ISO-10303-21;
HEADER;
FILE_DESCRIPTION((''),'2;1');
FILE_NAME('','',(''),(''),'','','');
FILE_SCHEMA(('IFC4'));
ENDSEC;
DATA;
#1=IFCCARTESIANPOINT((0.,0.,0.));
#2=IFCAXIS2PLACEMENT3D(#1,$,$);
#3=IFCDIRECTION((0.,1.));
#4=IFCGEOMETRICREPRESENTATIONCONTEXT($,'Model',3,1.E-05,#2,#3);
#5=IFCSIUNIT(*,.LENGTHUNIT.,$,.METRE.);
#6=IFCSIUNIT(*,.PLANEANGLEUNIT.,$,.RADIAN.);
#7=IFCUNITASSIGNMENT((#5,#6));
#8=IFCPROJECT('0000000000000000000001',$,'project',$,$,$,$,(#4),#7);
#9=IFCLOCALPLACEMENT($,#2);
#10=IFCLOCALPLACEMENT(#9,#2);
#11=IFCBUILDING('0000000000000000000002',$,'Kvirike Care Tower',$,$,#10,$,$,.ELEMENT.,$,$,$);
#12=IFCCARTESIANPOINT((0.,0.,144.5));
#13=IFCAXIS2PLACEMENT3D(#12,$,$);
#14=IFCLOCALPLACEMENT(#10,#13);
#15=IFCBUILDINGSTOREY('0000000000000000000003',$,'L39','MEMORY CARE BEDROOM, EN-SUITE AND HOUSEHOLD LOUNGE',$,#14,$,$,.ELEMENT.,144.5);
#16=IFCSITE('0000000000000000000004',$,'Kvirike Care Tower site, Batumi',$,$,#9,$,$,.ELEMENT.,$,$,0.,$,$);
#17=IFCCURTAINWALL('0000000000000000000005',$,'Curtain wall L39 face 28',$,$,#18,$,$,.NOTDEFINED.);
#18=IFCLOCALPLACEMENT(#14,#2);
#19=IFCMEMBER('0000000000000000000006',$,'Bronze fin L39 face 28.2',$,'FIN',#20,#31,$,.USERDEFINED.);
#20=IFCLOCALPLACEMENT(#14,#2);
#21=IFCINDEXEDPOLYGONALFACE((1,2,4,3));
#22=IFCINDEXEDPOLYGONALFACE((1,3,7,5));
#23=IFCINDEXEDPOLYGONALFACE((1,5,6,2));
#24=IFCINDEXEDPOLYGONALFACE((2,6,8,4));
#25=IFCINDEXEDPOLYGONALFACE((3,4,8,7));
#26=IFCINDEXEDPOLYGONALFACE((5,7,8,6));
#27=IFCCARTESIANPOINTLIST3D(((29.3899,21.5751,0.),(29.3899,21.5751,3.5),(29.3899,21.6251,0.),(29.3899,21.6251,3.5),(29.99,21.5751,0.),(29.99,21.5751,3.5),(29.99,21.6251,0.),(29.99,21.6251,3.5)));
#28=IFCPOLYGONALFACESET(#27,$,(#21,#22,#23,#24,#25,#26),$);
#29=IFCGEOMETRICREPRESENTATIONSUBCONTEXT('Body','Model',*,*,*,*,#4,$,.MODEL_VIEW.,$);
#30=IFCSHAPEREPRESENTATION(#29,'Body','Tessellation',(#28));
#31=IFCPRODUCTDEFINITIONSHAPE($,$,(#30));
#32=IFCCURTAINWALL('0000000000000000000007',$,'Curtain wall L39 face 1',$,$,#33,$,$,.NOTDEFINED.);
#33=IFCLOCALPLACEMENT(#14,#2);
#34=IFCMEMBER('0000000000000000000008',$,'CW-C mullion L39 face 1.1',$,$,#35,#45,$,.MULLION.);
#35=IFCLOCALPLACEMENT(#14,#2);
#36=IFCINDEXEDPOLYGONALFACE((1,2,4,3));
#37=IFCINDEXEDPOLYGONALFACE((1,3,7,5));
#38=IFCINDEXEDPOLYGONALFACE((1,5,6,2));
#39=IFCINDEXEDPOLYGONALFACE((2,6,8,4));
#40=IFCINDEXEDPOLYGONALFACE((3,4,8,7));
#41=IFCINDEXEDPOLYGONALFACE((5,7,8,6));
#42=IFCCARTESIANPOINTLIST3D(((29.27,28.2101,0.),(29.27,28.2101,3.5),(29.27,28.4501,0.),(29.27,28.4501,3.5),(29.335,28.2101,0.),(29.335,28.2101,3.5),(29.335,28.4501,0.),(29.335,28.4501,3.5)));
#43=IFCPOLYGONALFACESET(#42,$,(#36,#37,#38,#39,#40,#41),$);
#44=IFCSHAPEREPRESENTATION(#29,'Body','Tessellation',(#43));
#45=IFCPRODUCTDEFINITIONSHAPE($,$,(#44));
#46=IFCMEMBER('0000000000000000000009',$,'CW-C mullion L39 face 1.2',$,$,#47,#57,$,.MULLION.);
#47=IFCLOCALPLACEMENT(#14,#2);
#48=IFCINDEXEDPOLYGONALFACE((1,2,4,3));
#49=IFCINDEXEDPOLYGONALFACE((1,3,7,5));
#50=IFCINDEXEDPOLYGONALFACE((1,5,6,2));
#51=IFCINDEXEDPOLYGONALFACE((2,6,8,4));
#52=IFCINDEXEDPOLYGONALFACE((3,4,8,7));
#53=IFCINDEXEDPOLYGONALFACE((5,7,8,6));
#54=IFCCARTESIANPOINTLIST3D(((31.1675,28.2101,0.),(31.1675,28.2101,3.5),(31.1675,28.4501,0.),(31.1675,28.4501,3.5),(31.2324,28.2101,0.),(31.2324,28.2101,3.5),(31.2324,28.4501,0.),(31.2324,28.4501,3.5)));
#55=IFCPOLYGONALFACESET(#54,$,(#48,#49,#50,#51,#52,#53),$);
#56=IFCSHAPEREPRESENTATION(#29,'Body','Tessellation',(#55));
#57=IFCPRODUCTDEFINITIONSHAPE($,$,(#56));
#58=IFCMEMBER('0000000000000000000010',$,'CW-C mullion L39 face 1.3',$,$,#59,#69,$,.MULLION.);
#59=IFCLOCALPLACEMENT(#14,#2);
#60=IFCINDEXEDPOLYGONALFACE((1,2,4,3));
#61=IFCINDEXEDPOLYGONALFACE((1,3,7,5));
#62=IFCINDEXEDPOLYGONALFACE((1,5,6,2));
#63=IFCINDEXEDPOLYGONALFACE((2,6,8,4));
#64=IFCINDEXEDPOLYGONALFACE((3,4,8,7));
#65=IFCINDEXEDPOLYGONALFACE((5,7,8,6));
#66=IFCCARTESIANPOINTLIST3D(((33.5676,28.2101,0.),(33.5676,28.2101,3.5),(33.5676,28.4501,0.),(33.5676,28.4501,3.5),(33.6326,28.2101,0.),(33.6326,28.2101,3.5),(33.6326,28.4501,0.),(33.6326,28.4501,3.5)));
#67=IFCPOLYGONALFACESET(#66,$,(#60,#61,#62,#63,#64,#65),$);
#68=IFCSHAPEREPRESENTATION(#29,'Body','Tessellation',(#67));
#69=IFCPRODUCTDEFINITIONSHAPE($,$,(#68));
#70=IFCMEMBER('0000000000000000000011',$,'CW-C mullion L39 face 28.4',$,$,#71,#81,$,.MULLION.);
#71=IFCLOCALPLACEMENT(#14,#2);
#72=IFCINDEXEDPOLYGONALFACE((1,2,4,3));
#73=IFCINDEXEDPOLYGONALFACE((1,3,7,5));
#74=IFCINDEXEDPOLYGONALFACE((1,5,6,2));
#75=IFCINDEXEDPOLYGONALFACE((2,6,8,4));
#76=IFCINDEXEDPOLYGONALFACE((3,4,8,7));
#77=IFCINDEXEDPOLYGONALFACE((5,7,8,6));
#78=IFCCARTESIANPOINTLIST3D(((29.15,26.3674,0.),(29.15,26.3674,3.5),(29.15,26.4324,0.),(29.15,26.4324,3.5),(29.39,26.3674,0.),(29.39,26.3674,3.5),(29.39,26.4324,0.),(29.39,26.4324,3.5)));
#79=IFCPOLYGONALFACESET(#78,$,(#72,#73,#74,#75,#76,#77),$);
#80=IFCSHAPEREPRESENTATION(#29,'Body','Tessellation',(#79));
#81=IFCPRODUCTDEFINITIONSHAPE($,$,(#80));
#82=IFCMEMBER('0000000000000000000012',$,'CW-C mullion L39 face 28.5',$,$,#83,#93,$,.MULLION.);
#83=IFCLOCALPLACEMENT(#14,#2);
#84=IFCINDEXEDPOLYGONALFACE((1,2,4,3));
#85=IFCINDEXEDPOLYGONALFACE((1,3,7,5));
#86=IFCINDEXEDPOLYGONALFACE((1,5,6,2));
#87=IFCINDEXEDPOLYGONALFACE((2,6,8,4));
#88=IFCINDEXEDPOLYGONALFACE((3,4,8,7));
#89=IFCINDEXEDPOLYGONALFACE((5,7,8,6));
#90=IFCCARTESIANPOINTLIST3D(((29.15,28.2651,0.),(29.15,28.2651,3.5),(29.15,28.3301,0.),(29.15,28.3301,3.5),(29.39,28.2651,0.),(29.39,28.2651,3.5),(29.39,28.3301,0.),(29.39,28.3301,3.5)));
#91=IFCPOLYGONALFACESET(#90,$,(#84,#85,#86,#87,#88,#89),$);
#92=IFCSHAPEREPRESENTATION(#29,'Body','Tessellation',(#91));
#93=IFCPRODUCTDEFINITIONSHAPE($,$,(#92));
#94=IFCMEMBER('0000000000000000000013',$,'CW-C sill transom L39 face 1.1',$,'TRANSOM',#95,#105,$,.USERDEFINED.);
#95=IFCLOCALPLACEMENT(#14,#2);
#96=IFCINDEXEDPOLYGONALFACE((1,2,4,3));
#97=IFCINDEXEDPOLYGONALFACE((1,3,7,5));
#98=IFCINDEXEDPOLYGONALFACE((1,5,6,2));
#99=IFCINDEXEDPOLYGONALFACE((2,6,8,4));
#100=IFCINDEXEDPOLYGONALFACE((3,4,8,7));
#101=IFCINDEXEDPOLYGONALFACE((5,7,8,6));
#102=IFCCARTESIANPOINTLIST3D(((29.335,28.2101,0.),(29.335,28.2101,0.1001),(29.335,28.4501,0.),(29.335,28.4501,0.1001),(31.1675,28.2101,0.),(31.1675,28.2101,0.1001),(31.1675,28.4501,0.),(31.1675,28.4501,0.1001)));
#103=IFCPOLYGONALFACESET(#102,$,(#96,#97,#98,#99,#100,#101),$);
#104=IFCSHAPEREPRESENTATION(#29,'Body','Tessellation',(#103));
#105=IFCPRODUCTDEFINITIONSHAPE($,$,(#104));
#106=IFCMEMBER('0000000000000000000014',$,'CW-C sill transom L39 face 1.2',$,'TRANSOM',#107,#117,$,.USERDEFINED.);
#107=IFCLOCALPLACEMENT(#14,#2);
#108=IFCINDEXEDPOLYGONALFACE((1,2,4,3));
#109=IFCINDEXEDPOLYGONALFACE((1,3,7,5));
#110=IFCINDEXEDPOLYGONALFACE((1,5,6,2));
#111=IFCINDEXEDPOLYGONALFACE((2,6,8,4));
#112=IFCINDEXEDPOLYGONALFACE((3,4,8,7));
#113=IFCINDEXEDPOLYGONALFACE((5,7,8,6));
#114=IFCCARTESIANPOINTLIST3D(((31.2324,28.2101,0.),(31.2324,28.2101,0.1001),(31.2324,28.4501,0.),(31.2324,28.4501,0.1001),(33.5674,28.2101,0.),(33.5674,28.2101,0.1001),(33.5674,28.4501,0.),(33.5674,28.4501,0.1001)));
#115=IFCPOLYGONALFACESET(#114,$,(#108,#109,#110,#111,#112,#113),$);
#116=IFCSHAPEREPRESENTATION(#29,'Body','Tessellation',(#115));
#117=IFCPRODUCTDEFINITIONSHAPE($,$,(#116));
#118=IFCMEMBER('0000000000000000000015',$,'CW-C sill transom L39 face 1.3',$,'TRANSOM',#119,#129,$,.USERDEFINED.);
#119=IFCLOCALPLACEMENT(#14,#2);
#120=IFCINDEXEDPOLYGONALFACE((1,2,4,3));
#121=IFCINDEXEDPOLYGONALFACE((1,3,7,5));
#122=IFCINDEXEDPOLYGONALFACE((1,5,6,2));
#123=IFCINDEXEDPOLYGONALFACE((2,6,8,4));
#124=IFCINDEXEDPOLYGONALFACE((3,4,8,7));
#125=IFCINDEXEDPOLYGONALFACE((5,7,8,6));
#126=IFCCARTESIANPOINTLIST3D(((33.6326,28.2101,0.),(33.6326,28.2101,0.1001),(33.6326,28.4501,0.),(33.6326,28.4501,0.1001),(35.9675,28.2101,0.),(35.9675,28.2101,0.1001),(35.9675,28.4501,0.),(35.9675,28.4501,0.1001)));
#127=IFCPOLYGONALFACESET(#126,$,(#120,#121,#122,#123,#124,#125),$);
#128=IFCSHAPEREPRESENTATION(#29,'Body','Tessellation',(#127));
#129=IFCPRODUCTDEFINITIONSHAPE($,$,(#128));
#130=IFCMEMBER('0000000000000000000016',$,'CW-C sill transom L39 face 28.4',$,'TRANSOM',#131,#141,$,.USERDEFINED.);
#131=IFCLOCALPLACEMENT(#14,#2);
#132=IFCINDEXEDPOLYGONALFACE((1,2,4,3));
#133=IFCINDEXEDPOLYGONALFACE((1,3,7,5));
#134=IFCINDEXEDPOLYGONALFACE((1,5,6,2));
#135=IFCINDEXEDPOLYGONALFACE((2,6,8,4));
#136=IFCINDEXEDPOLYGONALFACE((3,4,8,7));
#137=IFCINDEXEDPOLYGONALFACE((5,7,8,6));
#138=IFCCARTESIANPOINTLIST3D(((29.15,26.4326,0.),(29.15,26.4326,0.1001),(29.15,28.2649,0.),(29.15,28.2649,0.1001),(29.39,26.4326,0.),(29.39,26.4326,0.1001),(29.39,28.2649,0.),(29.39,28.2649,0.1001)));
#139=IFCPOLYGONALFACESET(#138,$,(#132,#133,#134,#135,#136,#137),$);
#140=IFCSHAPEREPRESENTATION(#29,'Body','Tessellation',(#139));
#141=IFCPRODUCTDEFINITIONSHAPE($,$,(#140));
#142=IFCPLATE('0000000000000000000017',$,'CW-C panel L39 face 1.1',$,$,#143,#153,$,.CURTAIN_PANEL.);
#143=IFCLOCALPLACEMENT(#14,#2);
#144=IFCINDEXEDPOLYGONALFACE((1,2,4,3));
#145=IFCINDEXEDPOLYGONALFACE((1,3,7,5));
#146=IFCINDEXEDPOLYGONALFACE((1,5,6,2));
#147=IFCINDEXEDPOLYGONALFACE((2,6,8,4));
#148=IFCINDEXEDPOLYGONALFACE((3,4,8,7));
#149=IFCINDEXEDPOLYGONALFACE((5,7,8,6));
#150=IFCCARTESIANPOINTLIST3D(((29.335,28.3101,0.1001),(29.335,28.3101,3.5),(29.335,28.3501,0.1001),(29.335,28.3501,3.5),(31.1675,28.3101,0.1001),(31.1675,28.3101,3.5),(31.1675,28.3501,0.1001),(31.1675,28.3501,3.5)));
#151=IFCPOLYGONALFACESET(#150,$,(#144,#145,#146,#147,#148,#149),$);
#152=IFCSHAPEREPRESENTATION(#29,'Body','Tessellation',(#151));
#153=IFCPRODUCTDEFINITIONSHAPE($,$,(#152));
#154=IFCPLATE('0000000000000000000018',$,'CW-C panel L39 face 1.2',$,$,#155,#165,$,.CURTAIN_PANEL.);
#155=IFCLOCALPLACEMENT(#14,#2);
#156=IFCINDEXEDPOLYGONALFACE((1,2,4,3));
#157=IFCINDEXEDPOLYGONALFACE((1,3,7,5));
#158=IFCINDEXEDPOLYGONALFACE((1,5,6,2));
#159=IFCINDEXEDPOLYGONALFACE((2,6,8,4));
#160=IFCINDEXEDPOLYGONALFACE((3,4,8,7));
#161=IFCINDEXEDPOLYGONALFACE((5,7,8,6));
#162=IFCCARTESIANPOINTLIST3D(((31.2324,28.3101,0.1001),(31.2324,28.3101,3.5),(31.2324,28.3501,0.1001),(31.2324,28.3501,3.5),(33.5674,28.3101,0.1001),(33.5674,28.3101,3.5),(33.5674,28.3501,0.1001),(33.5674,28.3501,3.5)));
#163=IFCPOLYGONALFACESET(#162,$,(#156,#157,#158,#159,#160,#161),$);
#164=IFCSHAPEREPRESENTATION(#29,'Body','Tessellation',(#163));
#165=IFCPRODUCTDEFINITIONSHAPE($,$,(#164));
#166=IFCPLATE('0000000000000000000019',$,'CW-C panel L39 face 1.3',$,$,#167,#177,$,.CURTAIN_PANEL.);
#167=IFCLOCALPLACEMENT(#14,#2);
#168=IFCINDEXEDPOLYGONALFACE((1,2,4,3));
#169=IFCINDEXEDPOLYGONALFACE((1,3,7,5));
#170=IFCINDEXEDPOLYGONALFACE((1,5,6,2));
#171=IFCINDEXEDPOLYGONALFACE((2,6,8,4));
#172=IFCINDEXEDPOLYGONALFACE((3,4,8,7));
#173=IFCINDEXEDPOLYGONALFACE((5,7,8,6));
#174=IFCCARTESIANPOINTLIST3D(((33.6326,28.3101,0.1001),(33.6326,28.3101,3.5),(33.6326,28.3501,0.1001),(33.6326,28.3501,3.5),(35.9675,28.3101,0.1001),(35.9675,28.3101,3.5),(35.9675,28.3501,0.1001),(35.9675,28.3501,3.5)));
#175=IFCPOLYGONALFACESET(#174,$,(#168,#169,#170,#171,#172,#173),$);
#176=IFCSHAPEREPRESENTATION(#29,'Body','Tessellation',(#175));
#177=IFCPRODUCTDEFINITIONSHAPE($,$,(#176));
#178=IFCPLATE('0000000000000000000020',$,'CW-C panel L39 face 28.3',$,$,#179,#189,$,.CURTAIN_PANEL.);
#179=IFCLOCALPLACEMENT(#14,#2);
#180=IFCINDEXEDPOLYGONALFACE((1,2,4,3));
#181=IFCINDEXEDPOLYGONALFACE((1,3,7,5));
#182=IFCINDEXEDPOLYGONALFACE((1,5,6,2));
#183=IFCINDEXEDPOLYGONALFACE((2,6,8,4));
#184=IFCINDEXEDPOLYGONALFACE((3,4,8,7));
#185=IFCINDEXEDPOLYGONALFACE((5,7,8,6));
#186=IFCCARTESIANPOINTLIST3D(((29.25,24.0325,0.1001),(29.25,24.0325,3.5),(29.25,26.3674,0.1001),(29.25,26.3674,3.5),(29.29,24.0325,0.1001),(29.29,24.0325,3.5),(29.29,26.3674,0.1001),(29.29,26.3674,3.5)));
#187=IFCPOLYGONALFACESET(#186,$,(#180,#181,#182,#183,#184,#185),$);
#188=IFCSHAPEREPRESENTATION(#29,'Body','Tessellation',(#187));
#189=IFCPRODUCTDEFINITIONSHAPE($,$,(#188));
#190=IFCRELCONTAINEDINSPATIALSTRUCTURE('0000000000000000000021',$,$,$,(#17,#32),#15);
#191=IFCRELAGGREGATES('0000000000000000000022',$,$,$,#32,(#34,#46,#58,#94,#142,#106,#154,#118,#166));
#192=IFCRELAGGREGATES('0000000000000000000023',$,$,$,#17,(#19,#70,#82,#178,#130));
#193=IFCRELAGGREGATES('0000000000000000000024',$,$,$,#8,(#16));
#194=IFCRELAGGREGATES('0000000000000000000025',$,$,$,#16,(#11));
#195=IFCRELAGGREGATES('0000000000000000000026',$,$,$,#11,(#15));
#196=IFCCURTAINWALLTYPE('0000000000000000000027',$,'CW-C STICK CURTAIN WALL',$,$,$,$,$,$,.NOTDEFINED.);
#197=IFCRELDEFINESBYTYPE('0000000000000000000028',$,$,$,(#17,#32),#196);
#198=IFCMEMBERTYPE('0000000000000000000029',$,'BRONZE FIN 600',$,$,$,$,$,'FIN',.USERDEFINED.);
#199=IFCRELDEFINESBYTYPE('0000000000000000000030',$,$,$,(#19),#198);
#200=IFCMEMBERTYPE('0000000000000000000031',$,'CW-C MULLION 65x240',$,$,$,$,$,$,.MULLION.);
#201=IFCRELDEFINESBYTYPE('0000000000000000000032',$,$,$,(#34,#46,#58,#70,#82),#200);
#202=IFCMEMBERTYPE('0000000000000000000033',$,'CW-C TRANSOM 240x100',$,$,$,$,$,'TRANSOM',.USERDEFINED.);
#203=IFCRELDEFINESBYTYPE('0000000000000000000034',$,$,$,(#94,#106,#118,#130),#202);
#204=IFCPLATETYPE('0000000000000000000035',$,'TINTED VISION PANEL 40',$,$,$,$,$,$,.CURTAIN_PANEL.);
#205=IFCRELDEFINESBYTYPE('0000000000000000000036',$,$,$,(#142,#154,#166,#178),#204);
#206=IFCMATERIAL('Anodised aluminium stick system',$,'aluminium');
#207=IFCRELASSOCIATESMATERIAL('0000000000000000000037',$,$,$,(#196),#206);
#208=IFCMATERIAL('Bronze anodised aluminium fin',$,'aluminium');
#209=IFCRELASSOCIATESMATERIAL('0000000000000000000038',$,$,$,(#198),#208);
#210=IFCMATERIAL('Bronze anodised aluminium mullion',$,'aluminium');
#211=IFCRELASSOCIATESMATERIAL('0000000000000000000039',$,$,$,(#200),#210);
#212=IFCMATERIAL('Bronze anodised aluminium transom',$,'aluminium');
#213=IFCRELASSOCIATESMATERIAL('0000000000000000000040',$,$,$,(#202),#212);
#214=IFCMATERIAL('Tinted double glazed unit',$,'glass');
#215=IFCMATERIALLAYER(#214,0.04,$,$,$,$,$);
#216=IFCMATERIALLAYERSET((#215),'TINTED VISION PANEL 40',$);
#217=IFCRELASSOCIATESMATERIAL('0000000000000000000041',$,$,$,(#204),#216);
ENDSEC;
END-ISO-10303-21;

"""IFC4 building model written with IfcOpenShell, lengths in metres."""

from ifc_helpers import new_model, si_unit, direction, frame, origin, origin_2d, place, context, subcontext, project, spatial, rectangle, extrude, material, layer, layer_set, material_profile, profile_set, type_object, element, aggregate, save


model = new_model("IFC4")

# Units and contexts
model_context = context("Model", 3, precision=1e-05, world=origin(), true_north=direction((0.0, 1.0)))
body_context = subcontext(model_context, "Body", "Model", "MODEL_VIEW")
ifc_project = project(units=[si_unit("LENGTHUNIT", "METRE"), si_unit("PLANEANGLEUNIT", "RADIAN")], contexts=[model_context])

# Site, building, storey
site_placement = place(None, origin())
site = spatial("IfcSite", under=ifc_project, at=site_placement, Name="Kvirike Care Tower site, Batumi", CompositionType="ELEMENT", RefElevation=0.0)
building_placement = place(site_placement, origin())
building = spatial("IfcBuilding", under=site, at=building_placement, Name="Kvirike Care Tower", CompositionType="ELEMENT")
storey_placement = place(building_placement, frame((0.0, 0.0, 144.5)))
storey = spatial("IfcBuildingStorey", under=building, at=storey_placement, Name="L39", Description="MEMORY CARE BEDROOM, EN-SUITE AND HOUSEHOLD LOUNGE", CompositionType="ELEMENT", Elevation=144.5)

# Curtain wall, member
ifc_material_1 = material(Name="Anodised aluminium stick system", Category="aluminium")
curtain_wall_type = type_object("IfcCurtainWallType", Name="CW-C STICK CURTAIN WALL", PredefinedType="NOTDEFINED", material=ifc_material_1)
curtain_wall_1_placement = place(storey_placement, origin())
curtain_wall_1 = element("IfcCurtainWall", 1, at=curtain_wall_1_placement, inside=storey, type_object=curtain_wall_type, Name="Curtain wall L39 face 28", PredefinedType="NOTDEFINED")
ifc_material_2 = material(Name="Bronze anodised aluminium fin", Category="aluminium")
ifc_material_profile_1 = material_profile(ifc_material_2, rectangle(XDim=0.05, YDim=0.6001, at=origin_2d()), Name="BRONZE FIN 600")
ifc_profile_set_1 = profile_set([ifc_material_profile_1], Name="Bronze anodised aluminium fin")
member_type_1 = type_object("IfcMemberType", Name="BRONZE FIN 600", ElementType="FIN", PredefinedType="USERDEFINED", material=ifc_profile_set_1)
member_1_placement = place(storey_placement, frame((29.6899, 21.6001, 0.0), z_axis=(0.0, 0.0, 1.0), x_axis=(0.0, 1.0, 0.0)))
member_1 = element("IfcMember", 2, at=member_1_placement, type_object=member_type_1, Name="Bronze fin L39 face 28.2", ObjectType="FIN", PredefinedType="USERDEFINED", context=body_context, shape_type="SweptSolid", body=[
    extrude(rectangle(XDim=0.05, YDim=0.6001, at=origin_2d()), origin(), (0.0, 0.0, 1.0), 3.5),
])

# Curtain wall, members
curtain_wall_2_placement = place(storey_placement, origin())
curtain_wall_2 = element("IfcCurtainWall", 3, at=curtain_wall_2_placement, inside=storey, type_object=curtain_wall_type, Name="Curtain wall L39 face 1", PredefinedType="NOTDEFINED")
ifc_material_3 = material(Name="Bronze anodised aluminium mullion", Category="aluminium")
ifc_material_profile_2 = material_profile(ifc_material_3, rectangle(XDim=0.0649, YDim=0.24, at=origin_2d()), Name="CW-C MULLION 65x240")
ifc_profile_set_2 = profile_set([ifc_material_profile_2], Name="Bronze anodised aluminium mullion")
member_type_2 = type_object("IfcMemberType", Name="CW-C MULLION 65x240", PredefinedType="MULLION", material=ifc_profile_set_2)
member_2_placement = place(storey_placement, frame((29.3025, 28.3301, 0.0), z_axis=(0.0, 0.0, 1.0), x_axis=(1.0, 0.0, 0.0)))
member_2 = element("IfcMember", 4, at=member_2_placement, type_object=member_type_2, Name="CW-C mullion L39 face 1.1", PredefinedType="MULLION", context=body_context, shape_type="SweptSolid", body=[
    extrude(rectangle(XDim=0.0649, YDim=0.24, at=origin_2d()), origin(), (0.0, 0.0, 1.0), 3.5),
])
member_3_placement = place(storey_placement, frame((31.2, 28.3301, 0.0), z_axis=(0.0, 0.0, 1.0), x_axis=(1.0, 0.0, 0.0)))
member_3 = element("IfcMember", 5, at=member_3_placement, type_object=member_type_2, Name="CW-C mullion L39 face 1.2", PredefinedType="MULLION", context=body_context, shape_type="SweptSolid", body=[
    extrude(rectangle(XDim=0.0649, YDim=0.24, at=origin_2d()), origin(), (0.0, 0.0, 1.0), 3.5),
])
member_4_placement = place(storey_placement, frame((33.6001, 28.3301, 0.0), z_axis=(0.0, 0.0, 1.0), x_axis=(1.0, 0.0, 0.0)))
member_4 = element("IfcMember", 6, at=member_4_placement, type_object=member_type_2, Name="CW-C mullion L39 face 1.3", PredefinedType="MULLION", context=body_context, shape_type="SweptSolid", body=[
    extrude(rectangle(XDim=0.0649, YDim=0.24, at=origin_2d()), origin(), (0.0, 0.0, 1.0), 3.5),
])

# Members
member_5_placement = place(storey_placement, frame((29.27, 26.3999, 0.0), z_axis=(0.0, 0.0, 1.0), x_axis=(0.0, 1.0, 0.0)))
member_5 = element("IfcMember", 7, at=member_5_placement, type_object=member_type_2, Name="CW-C mullion L39 face 28.4", PredefinedType="MULLION", context=body_context, shape_type="SweptSolid", body=[
    extrude(rectangle(XDim=0.0649, YDim=0.24, at=origin_2d()), origin(), (0.0, 0.0, 1.0), 3.5),
])
member_6_placement = place(storey_placement, frame((29.27, 28.2976, 0.0), z_axis=(0.0, 0.0, 1.0), x_axis=(0.0, 1.0, 0.0)))
member_6 = element("IfcMember", 8, at=member_6_placement, type_object=member_type_2, Name="CW-C mullion L39 face 28.5", PredefinedType="MULLION", context=body_context, shape_type="SweptSolid", body=[
    extrude(rectangle(XDim=0.0649, YDim=0.24, at=origin_2d()), origin(), (0.0, 0.0, 1.0), 3.5),
])
ifc_material_4 = material(Name="Bronze anodised aluminium transom", Category="aluminium")
ifc_material_profile_3 = material_profile(ifc_material_4, rectangle(XDim=0.24, YDim=0.1001, at=origin_2d()), Name="CW-C TRANSOM 240x100")
ifc_profile_set_3 = profile_set([ifc_material_profile_3], Name="Bronze anodised aluminium transom")
member_type_3 = type_object("IfcMemberType", Name="CW-C TRANSOM 240x100", ElementType="TRANSOM", PredefinedType="USERDEFINED", material=ifc_profile_set_3)
member_7_placement = place(storey_placement, frame((29.335, 28.3301, 0.05), z_axis=(1.0, 0.0, 0.0), x_axis=(0.0, 1.0, 0.0)))
member_7 = element("IfcMember", 9, at=member_7_placement, type_object=member_type_3, Name="CW-C sill transom L39 face 1.1", ObjectType="TRANSOM", PredefinedType="USERDEFINED", context=body_context, shape_type="SweptSolid", body=[
    extrude(rectangle(XDim=0.24, YDim=0.1001, at=origin_2d()), origin(), (0.0, 0.0, 1.0), 1.8325),
])
member_8_placement = place(storey_placement, frame((31.2324, 28.3301, 0.05), z_axis=(1.0, 0.0, 0.0), x_axis=(0.0, 1.0, 0.0)))
member_8 = element("IfcMember", 10, at=member_8_placement, type_object=member_type_3, Name="CW-C sill transom L39 face 1.2", ObjectType="TRANSOM", PredefinedType="USERDEFINED", context=body_context, shape_type="SweptSolid", body=[
    extrude(rectangle(XDim=0.24, YDim=0.1001, at=origin_2d()), origin(), (0.0, 0.0, 1.0), 2.335),
])
member_9_placement = place(storey_placement, frame((33.6326, 28.3301, 0.05), z_axis=(1.0, 0.0, 0.0), x_axis=(0.0, 1.0, 0.0)))
member_9 = element("IfcMember", 11, at=member_9_placement, type_object=member_type_3, Name="CW-C sill transom L39 face 1.3", ObjectType="TRANSOM", PredefinedType="USERDEFINED", context=body_context, shape_type="SweptSolid", body=[
    extrude(rectangle(XDim=0.24, YDim=0.1001, at=origin_2d()), origin(), (0.0, 0.0, 1.0), 2.335),
])
member_10_placement = place(storey_placement, frame((29.27, 26.4326, 0.05), z_axis=(0.0, 1.0, 0.0), x_axis=(-1.0, 0.0, 0.0)))
member_10 = element("IfcMember", 12, at=member_10_placement, type_object=member_type_3, Name="CW-C sill transom L39 face 28.4", ObjectType="TRANSOM", PredefinedType="USERDEFINED", context=body_context, shape_type="SweptSolid", body=[
    extrude(rectangle(XDim=0.24, YDim=0.1001, at=origin_2d()), origin(), (0.0, 0.0, 1.0), 1.8323),
])

# Plates
ifc_material_5 = material(Name="Tinted double glazed unit", Category="glass")
ifc_layer_1 = layer(ifc_material_5, 0.04)
ifc_layer_set_1 = layer_set([ifc_layer_1], Name="TINTED VISION PANEL 40")
plate_type = type_object("IfcPlateType", Name="TINTED VISION PANEL 40", PredefinedType="CURTAIN_PANEL", material=ifc_layer_set_1)
plate_1_placement = place(storey_placement, frame((30.2512, 28.3301, 0.1001), z_axis=(0.0, 0.0, 1.0), x_axis=(1.0, 0.0, 0.0)))
plate_1 = element("IfcPlate", 13, at=plate_1_placement, type_object=plate_type, Name="CW-C panel L39 face 1.1", PredefinedType="CURTAIN_PANEL", context=body_context, shape_type="SweptSolid", body=[
    extrude(rectangle(XDim=1.8325, YDim=0.04, at=origin_2d()), origin(), (0.0, 0.0, 1.0), 3.3999),
])
plate_2_placement = place(storey_placement, frame((32.3999, 28.3301, 0.1001), z_axis=(0.0, 0.0, 1.0), x_axis=(1.0, 0.0, 0.0)))
plate_2 = element("IfcPlate", 14, at=plate_2_placement, type_object=plate_type, Name="CW-C panel L39 face 1.2", PredefinedType="CURTAIN_PANEL", context=body_context, shape_type="SweptSolid", body=[
    extrude(rectangle(XDim=2.335, YDim=0.04, at=origin_2d()), origin(), (0.0, 0.0, 1.0), 3.3999),
])
plate_3_placement = place(storey_placement, frame((34.8, 28.3301, 0.1001), z_axis=(0.0, 0.0, 1.0), x_axis=(1.0, 0.0, 0.0)))
plate_3 = element("IfcPlate", 15, at=plate_3_placement, type_object=plate_type, Name="CW-C panel L39 face 1.3", PredefinedType="CURTAIN_PANEL", context=body_context, shape_type="SweptSolid", body=[
    extrude(rectangle(XDim=2.335, YDim=0.04, at=origin_2d()), origin(), (0.0, 0.0, 1.0), 3.3999),
])
aggregate(curtain_wall_2, [member_2, member_3, member_4, member_7, plate_1, member_8, plate_2, member_9, plate_3])
plate_4_placement = place(storey_placement, frame((29.27, 25.2, 0.1001), z_axis=(0.0, 0.0, 1.0), x_axis=(0.0, 1.0, 0.0)))
plate_4 = element("IfcPlate", 16, at=plate_4_placement, type_object=plate_type, Name="CW-C panel L39 face 28.3", PredefinedType="CURTAIN_PANEL", context=body_context, shape_type="SweptSolid", body=[
    extrude(rectangle(XDim=2.335, YDim=0.04, at=origin_2d()), origin(), (0.0, 0.0, 1.0), 3.3999),
])
aggregate(curtain_wall_1, [member_1, member_5, member_6, plate_4, member_10])

save(model, "model.ifc")
